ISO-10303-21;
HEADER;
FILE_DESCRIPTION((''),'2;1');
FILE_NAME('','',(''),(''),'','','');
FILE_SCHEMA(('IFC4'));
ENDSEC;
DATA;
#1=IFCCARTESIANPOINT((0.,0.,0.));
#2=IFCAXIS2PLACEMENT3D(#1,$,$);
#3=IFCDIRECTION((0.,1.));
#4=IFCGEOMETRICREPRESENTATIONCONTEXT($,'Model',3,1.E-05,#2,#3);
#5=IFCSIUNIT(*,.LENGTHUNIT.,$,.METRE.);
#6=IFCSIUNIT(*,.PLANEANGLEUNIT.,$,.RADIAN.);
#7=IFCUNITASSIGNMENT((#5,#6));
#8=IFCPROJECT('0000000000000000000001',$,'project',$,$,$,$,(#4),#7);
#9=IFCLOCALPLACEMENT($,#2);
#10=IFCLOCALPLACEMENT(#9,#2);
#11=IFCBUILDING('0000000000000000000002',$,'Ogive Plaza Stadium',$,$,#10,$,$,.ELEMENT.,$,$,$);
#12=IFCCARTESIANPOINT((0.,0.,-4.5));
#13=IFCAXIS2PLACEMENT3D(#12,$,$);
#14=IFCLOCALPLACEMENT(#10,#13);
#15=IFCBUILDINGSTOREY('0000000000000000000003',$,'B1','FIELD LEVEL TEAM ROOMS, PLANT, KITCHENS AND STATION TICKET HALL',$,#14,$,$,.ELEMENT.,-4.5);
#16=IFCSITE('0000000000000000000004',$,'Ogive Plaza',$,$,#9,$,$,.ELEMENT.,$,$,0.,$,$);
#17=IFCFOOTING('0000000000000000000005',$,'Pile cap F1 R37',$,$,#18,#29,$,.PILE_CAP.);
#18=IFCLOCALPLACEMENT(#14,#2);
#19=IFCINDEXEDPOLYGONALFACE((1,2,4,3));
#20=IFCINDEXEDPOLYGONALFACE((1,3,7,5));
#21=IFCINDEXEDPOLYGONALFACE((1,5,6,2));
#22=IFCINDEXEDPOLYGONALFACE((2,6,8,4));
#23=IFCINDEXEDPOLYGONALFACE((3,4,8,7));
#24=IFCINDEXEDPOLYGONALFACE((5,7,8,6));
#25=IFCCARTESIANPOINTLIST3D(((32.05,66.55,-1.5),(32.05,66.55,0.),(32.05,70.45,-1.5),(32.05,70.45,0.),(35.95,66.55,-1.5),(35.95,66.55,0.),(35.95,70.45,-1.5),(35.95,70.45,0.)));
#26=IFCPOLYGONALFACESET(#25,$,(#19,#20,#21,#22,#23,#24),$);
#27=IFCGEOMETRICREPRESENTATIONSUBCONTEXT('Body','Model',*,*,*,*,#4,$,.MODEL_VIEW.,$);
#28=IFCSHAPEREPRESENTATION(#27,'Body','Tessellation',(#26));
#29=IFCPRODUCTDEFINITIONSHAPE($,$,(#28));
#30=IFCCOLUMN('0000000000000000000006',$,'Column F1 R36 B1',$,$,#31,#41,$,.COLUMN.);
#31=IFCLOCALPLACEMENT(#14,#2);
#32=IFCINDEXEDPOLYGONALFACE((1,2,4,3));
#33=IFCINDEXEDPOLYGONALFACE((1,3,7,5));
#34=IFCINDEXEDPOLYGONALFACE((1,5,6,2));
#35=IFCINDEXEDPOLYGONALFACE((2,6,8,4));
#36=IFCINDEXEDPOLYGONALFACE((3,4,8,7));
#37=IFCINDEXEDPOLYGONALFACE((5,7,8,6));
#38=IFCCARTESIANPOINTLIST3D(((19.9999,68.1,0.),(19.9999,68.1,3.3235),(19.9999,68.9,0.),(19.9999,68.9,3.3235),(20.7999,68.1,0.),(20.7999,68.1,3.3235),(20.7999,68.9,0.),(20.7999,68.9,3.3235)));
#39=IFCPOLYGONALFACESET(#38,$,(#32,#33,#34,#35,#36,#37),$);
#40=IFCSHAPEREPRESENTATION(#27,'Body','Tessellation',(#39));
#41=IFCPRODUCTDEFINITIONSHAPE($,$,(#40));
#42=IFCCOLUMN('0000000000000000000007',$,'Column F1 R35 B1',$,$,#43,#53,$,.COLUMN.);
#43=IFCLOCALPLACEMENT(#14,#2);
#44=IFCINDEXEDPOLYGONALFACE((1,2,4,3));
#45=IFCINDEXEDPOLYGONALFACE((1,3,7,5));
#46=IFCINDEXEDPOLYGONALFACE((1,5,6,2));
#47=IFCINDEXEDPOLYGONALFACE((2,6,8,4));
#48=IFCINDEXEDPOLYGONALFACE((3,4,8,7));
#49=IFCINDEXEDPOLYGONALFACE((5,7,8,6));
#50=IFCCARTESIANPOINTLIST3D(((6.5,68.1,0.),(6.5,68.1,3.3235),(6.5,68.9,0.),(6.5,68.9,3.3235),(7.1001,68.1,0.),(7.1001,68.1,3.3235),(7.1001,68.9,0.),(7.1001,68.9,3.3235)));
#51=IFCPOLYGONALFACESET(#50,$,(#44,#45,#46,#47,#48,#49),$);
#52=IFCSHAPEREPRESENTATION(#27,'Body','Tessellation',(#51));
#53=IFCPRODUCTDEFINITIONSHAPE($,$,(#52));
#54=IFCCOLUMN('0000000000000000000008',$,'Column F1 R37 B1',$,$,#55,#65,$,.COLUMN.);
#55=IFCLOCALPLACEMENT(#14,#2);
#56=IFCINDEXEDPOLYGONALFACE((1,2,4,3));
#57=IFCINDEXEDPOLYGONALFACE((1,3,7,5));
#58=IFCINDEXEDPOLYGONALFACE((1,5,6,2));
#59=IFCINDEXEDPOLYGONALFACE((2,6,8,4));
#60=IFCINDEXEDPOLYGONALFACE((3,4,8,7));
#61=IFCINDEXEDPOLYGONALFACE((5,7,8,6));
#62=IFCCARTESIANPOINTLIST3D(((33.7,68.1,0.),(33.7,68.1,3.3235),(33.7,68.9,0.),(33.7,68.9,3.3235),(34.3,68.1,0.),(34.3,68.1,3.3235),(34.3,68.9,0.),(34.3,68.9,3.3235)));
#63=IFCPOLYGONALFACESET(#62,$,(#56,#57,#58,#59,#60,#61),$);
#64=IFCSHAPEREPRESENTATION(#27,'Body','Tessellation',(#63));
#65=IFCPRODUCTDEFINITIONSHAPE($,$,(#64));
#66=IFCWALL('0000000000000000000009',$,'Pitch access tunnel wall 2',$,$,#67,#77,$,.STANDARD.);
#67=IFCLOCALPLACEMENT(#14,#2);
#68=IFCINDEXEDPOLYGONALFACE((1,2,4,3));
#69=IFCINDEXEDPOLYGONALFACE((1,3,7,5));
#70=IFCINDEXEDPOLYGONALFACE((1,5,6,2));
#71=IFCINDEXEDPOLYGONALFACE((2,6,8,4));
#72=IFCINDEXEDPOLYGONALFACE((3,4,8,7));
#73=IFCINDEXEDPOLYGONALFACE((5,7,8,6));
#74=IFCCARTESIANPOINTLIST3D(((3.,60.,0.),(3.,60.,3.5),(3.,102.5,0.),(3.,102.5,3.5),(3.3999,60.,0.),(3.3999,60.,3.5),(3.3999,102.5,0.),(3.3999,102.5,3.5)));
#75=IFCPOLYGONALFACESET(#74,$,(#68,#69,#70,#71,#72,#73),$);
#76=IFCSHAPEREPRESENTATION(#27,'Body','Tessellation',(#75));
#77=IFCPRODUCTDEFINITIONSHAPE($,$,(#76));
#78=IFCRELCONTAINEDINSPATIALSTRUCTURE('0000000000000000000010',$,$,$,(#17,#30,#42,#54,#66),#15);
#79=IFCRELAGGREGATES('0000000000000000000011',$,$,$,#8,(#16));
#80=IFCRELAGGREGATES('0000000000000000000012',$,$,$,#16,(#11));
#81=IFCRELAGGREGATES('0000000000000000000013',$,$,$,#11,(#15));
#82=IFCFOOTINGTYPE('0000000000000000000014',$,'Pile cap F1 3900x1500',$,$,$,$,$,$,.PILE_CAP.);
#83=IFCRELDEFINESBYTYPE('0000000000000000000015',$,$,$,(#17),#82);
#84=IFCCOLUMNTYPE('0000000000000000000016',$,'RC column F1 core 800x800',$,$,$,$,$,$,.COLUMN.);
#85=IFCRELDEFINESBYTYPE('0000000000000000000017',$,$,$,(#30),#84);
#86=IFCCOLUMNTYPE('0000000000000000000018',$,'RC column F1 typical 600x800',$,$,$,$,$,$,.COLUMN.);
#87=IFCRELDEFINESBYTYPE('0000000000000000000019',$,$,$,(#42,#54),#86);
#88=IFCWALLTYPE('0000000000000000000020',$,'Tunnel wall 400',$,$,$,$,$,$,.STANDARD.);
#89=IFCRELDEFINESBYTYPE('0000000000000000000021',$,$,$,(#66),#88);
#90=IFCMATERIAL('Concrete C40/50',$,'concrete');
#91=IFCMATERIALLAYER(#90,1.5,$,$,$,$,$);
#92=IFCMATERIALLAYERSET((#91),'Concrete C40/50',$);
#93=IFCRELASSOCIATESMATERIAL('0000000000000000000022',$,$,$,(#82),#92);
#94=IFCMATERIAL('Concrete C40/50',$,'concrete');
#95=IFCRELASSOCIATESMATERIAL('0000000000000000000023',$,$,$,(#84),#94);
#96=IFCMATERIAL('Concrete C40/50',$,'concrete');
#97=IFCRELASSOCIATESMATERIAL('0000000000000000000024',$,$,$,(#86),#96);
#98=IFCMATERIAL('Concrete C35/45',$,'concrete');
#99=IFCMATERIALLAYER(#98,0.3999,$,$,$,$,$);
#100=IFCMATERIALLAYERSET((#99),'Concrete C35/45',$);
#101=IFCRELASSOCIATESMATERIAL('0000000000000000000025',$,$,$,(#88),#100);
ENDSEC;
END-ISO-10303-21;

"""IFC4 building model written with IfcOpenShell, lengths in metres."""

from ifc_helpers import new_model, si_unit, direction, frame, frame_2d, origin, origin_2d, place, context, subcontext, project, spatial, rectangle, extrude, material, layer, layer_set, material_profile, profile_set, type_object, element, save


model = new_model("IFC4")

# Units and contexts
model_context = context("Model", 3, precision=1e-05, world=origin(), true_north=direction((0.0, 1.0)))
body_context = subcontext(model_context, "Body", "Model", "MODEL_VIEW")
ifc_project = project(units=[si_unit("LENGTHUNIT", "METRE"), si_unit("PLANEANGLEUNIT", "RADIAN")], contexts=[model_context])

# Site, building, storey
site_placement = place(None, origin())
site = spatial("IfcSite", under=ifc_project, at=site_placement, Name="Ogive Plaza", CompositionType="ELEMENT", RefElevation=0.0)
building_placement = place(site_placement, origin())
building = spatial("IfcBuilding", under=site, at=building_placement, Name="Ogive Plaza Stadium", CompositionType="ELEMENT")
storey_placement = place(building_placement, frame((0.0, 0.0, -4.5)))
storey = spatial("IfcBuildingStorey", under=building, at=storey_placement, Name="B1", Description="FIELD LEVEL TEAM ROOMS, PLANT, KITCHENS AND STATION TICKET HALL", CompositionType="ELEMENT", Elevation=-4.5)

# Footing
ifc_material_1 = material(Name="Concrete C40/50", Category="concrete")
ifc_layer_1 = layer(ifc_material_1, 1.5)
ifc_layer_set_1 = layer_set([ifc_layer_1], Name="Concrete C40/50")
footing_type = type_object("IfcFootingType", Name="Pile cap F1 3900x1500", PredefinedType="PILE_CAP", material=ifc_layer_set_1)
for number, where, z_axis, x_axis, name in (
    (1, (34.0, 68.5, -1.5), (0.0, 0.0, 1.0), (0.0, 1.0, 0.0), "Pile cap F1 R37"),
):
    element("IfcFooting", number, at=place(storey_placement, frame(where, z_axis=z_axis, x_axis=x_axis)), inside=storey, type_object=footing_type, Name=name, PredefinedType="PILE_CAP", context=body_context, shape_type="SweptSolid", body=[
        extrude(rectangle(XDim=3.8999, YDim=3.8999, at=origin_2d()), origin(), (0.0, 0.0, 1.0), 1.5),
    ])

# Columns
ifc_material_2 = material(Name="Concrete C40/50", Category="concrete")
ifc_material_profile_1 = material_profile(ifc_material_2, rectangle(XDim=0.8, YDim=0.8, at=origin_2d()), Name="RC 800x800")
ifc_profile_set_1 = profile_set([ifc_material_profile_1], Name="Concrete C40/50")
column_type_1 = type_object("IfcColumnType", Name="RC column F1 core 800x800", PredefinedType="COLUMN", material=ifc_profile_set_1)
column_placement = place(storey_placement, frame((20.3999, 68.5, 0.0), z_axis=(0.0, 0.0, 1.0), x_axis=(-1.0, 0.0, 0.0)))
element("IfcColumn", 2, at=column_placement, inside=storey, type_object=column_type_1, Name="Column F1 R36 B1", PredefinedType="COLUMN", context=body_context, shape_type="SweptSolid", body=[
    extrude(rectangle(XDim=0.8, YDim=0.8, at=origin_2d()), origin(), (0.0, 0.0, 1.0), 3.3235),
])
ifc_material_3 = material(Name="Concrete C40/50", Category="concrete")
ifc_material_profile_2 = material_profile(ifc_material_3, rectangle(XDim=0.6001, YDim=0.8, at=origin_2d()), Name="RC 600x800")
ifc_profile_set_2 = profile_set([ifc_material_profile_2], Name="Concrete C40/50")
column_type_2 = type_object("IfcColumnType", Name="RC column F1 typical 600x800", PredefinedType="COLUMN", material=ifc_profile_set_2)
for number, where, z_axis, x_axis, name in (
    (3, (6.8, 68.5, 0.0), (0.0, 0.0, 1.0), (-1.0, 0.0, 0.0), "Column F1 R35 B1"),
    (4, (34.0, 68.5, 0.0), (0.0, 0.0, 1.0), (-1.0, 0.0, 0.0), "Column F1 R37 B1"),
):
    element("IfcColumn", number, at=place(storey_placement, frame(where, z_axis=z_axis, x_axis=x_axis)), inside=storey, type_object=column_type_2, Name=name, PredefinedType="COLUMN", context=body_context, shape_type="SweptSolid", body=[
        extrude(rectangle(XDim=0.6001, YDim=0.8, at=origin_2d()), origin(), (0.0, 0.0, 1.0), 3.3235),
    ])

# Wall
ifc_material_4 = material(Name="Concrete C35/45", Category="concrete")
ifc_layer_2 = layer(ifc_material_4, 0.3999)
ifc_layer_set_2 = layer_set([ifc_layer_2], Name="Concrete C35/45")
wall_type = type_object("IfcWallType", Name="Tunnel wall 400", PredefinedType="STANDARD", material=ifc_layer_set_2)
wall_placement = place(storey_placement, frame((3.2, 60.0, 0.0), z_axis=(0.0, 0.0, 1.0), x_axis=(0.0, 1.0, 0.0)))
element("IfcWall", 5, at=wall_placement, inside=storey, type_object=wall_type, Name="Pitch access tunnel wall 2", PredefinedType="STANDARD", context=body_context, shape_type="SweptSolid", body=[
    extrude(rectangle(XDim=42.5, YDim=0.3999, at=frame_2d((21.25, 0.0))), origin(), (0.0, 0.0, 1.0), 3.5),
])

save(model, "model.ifc")
